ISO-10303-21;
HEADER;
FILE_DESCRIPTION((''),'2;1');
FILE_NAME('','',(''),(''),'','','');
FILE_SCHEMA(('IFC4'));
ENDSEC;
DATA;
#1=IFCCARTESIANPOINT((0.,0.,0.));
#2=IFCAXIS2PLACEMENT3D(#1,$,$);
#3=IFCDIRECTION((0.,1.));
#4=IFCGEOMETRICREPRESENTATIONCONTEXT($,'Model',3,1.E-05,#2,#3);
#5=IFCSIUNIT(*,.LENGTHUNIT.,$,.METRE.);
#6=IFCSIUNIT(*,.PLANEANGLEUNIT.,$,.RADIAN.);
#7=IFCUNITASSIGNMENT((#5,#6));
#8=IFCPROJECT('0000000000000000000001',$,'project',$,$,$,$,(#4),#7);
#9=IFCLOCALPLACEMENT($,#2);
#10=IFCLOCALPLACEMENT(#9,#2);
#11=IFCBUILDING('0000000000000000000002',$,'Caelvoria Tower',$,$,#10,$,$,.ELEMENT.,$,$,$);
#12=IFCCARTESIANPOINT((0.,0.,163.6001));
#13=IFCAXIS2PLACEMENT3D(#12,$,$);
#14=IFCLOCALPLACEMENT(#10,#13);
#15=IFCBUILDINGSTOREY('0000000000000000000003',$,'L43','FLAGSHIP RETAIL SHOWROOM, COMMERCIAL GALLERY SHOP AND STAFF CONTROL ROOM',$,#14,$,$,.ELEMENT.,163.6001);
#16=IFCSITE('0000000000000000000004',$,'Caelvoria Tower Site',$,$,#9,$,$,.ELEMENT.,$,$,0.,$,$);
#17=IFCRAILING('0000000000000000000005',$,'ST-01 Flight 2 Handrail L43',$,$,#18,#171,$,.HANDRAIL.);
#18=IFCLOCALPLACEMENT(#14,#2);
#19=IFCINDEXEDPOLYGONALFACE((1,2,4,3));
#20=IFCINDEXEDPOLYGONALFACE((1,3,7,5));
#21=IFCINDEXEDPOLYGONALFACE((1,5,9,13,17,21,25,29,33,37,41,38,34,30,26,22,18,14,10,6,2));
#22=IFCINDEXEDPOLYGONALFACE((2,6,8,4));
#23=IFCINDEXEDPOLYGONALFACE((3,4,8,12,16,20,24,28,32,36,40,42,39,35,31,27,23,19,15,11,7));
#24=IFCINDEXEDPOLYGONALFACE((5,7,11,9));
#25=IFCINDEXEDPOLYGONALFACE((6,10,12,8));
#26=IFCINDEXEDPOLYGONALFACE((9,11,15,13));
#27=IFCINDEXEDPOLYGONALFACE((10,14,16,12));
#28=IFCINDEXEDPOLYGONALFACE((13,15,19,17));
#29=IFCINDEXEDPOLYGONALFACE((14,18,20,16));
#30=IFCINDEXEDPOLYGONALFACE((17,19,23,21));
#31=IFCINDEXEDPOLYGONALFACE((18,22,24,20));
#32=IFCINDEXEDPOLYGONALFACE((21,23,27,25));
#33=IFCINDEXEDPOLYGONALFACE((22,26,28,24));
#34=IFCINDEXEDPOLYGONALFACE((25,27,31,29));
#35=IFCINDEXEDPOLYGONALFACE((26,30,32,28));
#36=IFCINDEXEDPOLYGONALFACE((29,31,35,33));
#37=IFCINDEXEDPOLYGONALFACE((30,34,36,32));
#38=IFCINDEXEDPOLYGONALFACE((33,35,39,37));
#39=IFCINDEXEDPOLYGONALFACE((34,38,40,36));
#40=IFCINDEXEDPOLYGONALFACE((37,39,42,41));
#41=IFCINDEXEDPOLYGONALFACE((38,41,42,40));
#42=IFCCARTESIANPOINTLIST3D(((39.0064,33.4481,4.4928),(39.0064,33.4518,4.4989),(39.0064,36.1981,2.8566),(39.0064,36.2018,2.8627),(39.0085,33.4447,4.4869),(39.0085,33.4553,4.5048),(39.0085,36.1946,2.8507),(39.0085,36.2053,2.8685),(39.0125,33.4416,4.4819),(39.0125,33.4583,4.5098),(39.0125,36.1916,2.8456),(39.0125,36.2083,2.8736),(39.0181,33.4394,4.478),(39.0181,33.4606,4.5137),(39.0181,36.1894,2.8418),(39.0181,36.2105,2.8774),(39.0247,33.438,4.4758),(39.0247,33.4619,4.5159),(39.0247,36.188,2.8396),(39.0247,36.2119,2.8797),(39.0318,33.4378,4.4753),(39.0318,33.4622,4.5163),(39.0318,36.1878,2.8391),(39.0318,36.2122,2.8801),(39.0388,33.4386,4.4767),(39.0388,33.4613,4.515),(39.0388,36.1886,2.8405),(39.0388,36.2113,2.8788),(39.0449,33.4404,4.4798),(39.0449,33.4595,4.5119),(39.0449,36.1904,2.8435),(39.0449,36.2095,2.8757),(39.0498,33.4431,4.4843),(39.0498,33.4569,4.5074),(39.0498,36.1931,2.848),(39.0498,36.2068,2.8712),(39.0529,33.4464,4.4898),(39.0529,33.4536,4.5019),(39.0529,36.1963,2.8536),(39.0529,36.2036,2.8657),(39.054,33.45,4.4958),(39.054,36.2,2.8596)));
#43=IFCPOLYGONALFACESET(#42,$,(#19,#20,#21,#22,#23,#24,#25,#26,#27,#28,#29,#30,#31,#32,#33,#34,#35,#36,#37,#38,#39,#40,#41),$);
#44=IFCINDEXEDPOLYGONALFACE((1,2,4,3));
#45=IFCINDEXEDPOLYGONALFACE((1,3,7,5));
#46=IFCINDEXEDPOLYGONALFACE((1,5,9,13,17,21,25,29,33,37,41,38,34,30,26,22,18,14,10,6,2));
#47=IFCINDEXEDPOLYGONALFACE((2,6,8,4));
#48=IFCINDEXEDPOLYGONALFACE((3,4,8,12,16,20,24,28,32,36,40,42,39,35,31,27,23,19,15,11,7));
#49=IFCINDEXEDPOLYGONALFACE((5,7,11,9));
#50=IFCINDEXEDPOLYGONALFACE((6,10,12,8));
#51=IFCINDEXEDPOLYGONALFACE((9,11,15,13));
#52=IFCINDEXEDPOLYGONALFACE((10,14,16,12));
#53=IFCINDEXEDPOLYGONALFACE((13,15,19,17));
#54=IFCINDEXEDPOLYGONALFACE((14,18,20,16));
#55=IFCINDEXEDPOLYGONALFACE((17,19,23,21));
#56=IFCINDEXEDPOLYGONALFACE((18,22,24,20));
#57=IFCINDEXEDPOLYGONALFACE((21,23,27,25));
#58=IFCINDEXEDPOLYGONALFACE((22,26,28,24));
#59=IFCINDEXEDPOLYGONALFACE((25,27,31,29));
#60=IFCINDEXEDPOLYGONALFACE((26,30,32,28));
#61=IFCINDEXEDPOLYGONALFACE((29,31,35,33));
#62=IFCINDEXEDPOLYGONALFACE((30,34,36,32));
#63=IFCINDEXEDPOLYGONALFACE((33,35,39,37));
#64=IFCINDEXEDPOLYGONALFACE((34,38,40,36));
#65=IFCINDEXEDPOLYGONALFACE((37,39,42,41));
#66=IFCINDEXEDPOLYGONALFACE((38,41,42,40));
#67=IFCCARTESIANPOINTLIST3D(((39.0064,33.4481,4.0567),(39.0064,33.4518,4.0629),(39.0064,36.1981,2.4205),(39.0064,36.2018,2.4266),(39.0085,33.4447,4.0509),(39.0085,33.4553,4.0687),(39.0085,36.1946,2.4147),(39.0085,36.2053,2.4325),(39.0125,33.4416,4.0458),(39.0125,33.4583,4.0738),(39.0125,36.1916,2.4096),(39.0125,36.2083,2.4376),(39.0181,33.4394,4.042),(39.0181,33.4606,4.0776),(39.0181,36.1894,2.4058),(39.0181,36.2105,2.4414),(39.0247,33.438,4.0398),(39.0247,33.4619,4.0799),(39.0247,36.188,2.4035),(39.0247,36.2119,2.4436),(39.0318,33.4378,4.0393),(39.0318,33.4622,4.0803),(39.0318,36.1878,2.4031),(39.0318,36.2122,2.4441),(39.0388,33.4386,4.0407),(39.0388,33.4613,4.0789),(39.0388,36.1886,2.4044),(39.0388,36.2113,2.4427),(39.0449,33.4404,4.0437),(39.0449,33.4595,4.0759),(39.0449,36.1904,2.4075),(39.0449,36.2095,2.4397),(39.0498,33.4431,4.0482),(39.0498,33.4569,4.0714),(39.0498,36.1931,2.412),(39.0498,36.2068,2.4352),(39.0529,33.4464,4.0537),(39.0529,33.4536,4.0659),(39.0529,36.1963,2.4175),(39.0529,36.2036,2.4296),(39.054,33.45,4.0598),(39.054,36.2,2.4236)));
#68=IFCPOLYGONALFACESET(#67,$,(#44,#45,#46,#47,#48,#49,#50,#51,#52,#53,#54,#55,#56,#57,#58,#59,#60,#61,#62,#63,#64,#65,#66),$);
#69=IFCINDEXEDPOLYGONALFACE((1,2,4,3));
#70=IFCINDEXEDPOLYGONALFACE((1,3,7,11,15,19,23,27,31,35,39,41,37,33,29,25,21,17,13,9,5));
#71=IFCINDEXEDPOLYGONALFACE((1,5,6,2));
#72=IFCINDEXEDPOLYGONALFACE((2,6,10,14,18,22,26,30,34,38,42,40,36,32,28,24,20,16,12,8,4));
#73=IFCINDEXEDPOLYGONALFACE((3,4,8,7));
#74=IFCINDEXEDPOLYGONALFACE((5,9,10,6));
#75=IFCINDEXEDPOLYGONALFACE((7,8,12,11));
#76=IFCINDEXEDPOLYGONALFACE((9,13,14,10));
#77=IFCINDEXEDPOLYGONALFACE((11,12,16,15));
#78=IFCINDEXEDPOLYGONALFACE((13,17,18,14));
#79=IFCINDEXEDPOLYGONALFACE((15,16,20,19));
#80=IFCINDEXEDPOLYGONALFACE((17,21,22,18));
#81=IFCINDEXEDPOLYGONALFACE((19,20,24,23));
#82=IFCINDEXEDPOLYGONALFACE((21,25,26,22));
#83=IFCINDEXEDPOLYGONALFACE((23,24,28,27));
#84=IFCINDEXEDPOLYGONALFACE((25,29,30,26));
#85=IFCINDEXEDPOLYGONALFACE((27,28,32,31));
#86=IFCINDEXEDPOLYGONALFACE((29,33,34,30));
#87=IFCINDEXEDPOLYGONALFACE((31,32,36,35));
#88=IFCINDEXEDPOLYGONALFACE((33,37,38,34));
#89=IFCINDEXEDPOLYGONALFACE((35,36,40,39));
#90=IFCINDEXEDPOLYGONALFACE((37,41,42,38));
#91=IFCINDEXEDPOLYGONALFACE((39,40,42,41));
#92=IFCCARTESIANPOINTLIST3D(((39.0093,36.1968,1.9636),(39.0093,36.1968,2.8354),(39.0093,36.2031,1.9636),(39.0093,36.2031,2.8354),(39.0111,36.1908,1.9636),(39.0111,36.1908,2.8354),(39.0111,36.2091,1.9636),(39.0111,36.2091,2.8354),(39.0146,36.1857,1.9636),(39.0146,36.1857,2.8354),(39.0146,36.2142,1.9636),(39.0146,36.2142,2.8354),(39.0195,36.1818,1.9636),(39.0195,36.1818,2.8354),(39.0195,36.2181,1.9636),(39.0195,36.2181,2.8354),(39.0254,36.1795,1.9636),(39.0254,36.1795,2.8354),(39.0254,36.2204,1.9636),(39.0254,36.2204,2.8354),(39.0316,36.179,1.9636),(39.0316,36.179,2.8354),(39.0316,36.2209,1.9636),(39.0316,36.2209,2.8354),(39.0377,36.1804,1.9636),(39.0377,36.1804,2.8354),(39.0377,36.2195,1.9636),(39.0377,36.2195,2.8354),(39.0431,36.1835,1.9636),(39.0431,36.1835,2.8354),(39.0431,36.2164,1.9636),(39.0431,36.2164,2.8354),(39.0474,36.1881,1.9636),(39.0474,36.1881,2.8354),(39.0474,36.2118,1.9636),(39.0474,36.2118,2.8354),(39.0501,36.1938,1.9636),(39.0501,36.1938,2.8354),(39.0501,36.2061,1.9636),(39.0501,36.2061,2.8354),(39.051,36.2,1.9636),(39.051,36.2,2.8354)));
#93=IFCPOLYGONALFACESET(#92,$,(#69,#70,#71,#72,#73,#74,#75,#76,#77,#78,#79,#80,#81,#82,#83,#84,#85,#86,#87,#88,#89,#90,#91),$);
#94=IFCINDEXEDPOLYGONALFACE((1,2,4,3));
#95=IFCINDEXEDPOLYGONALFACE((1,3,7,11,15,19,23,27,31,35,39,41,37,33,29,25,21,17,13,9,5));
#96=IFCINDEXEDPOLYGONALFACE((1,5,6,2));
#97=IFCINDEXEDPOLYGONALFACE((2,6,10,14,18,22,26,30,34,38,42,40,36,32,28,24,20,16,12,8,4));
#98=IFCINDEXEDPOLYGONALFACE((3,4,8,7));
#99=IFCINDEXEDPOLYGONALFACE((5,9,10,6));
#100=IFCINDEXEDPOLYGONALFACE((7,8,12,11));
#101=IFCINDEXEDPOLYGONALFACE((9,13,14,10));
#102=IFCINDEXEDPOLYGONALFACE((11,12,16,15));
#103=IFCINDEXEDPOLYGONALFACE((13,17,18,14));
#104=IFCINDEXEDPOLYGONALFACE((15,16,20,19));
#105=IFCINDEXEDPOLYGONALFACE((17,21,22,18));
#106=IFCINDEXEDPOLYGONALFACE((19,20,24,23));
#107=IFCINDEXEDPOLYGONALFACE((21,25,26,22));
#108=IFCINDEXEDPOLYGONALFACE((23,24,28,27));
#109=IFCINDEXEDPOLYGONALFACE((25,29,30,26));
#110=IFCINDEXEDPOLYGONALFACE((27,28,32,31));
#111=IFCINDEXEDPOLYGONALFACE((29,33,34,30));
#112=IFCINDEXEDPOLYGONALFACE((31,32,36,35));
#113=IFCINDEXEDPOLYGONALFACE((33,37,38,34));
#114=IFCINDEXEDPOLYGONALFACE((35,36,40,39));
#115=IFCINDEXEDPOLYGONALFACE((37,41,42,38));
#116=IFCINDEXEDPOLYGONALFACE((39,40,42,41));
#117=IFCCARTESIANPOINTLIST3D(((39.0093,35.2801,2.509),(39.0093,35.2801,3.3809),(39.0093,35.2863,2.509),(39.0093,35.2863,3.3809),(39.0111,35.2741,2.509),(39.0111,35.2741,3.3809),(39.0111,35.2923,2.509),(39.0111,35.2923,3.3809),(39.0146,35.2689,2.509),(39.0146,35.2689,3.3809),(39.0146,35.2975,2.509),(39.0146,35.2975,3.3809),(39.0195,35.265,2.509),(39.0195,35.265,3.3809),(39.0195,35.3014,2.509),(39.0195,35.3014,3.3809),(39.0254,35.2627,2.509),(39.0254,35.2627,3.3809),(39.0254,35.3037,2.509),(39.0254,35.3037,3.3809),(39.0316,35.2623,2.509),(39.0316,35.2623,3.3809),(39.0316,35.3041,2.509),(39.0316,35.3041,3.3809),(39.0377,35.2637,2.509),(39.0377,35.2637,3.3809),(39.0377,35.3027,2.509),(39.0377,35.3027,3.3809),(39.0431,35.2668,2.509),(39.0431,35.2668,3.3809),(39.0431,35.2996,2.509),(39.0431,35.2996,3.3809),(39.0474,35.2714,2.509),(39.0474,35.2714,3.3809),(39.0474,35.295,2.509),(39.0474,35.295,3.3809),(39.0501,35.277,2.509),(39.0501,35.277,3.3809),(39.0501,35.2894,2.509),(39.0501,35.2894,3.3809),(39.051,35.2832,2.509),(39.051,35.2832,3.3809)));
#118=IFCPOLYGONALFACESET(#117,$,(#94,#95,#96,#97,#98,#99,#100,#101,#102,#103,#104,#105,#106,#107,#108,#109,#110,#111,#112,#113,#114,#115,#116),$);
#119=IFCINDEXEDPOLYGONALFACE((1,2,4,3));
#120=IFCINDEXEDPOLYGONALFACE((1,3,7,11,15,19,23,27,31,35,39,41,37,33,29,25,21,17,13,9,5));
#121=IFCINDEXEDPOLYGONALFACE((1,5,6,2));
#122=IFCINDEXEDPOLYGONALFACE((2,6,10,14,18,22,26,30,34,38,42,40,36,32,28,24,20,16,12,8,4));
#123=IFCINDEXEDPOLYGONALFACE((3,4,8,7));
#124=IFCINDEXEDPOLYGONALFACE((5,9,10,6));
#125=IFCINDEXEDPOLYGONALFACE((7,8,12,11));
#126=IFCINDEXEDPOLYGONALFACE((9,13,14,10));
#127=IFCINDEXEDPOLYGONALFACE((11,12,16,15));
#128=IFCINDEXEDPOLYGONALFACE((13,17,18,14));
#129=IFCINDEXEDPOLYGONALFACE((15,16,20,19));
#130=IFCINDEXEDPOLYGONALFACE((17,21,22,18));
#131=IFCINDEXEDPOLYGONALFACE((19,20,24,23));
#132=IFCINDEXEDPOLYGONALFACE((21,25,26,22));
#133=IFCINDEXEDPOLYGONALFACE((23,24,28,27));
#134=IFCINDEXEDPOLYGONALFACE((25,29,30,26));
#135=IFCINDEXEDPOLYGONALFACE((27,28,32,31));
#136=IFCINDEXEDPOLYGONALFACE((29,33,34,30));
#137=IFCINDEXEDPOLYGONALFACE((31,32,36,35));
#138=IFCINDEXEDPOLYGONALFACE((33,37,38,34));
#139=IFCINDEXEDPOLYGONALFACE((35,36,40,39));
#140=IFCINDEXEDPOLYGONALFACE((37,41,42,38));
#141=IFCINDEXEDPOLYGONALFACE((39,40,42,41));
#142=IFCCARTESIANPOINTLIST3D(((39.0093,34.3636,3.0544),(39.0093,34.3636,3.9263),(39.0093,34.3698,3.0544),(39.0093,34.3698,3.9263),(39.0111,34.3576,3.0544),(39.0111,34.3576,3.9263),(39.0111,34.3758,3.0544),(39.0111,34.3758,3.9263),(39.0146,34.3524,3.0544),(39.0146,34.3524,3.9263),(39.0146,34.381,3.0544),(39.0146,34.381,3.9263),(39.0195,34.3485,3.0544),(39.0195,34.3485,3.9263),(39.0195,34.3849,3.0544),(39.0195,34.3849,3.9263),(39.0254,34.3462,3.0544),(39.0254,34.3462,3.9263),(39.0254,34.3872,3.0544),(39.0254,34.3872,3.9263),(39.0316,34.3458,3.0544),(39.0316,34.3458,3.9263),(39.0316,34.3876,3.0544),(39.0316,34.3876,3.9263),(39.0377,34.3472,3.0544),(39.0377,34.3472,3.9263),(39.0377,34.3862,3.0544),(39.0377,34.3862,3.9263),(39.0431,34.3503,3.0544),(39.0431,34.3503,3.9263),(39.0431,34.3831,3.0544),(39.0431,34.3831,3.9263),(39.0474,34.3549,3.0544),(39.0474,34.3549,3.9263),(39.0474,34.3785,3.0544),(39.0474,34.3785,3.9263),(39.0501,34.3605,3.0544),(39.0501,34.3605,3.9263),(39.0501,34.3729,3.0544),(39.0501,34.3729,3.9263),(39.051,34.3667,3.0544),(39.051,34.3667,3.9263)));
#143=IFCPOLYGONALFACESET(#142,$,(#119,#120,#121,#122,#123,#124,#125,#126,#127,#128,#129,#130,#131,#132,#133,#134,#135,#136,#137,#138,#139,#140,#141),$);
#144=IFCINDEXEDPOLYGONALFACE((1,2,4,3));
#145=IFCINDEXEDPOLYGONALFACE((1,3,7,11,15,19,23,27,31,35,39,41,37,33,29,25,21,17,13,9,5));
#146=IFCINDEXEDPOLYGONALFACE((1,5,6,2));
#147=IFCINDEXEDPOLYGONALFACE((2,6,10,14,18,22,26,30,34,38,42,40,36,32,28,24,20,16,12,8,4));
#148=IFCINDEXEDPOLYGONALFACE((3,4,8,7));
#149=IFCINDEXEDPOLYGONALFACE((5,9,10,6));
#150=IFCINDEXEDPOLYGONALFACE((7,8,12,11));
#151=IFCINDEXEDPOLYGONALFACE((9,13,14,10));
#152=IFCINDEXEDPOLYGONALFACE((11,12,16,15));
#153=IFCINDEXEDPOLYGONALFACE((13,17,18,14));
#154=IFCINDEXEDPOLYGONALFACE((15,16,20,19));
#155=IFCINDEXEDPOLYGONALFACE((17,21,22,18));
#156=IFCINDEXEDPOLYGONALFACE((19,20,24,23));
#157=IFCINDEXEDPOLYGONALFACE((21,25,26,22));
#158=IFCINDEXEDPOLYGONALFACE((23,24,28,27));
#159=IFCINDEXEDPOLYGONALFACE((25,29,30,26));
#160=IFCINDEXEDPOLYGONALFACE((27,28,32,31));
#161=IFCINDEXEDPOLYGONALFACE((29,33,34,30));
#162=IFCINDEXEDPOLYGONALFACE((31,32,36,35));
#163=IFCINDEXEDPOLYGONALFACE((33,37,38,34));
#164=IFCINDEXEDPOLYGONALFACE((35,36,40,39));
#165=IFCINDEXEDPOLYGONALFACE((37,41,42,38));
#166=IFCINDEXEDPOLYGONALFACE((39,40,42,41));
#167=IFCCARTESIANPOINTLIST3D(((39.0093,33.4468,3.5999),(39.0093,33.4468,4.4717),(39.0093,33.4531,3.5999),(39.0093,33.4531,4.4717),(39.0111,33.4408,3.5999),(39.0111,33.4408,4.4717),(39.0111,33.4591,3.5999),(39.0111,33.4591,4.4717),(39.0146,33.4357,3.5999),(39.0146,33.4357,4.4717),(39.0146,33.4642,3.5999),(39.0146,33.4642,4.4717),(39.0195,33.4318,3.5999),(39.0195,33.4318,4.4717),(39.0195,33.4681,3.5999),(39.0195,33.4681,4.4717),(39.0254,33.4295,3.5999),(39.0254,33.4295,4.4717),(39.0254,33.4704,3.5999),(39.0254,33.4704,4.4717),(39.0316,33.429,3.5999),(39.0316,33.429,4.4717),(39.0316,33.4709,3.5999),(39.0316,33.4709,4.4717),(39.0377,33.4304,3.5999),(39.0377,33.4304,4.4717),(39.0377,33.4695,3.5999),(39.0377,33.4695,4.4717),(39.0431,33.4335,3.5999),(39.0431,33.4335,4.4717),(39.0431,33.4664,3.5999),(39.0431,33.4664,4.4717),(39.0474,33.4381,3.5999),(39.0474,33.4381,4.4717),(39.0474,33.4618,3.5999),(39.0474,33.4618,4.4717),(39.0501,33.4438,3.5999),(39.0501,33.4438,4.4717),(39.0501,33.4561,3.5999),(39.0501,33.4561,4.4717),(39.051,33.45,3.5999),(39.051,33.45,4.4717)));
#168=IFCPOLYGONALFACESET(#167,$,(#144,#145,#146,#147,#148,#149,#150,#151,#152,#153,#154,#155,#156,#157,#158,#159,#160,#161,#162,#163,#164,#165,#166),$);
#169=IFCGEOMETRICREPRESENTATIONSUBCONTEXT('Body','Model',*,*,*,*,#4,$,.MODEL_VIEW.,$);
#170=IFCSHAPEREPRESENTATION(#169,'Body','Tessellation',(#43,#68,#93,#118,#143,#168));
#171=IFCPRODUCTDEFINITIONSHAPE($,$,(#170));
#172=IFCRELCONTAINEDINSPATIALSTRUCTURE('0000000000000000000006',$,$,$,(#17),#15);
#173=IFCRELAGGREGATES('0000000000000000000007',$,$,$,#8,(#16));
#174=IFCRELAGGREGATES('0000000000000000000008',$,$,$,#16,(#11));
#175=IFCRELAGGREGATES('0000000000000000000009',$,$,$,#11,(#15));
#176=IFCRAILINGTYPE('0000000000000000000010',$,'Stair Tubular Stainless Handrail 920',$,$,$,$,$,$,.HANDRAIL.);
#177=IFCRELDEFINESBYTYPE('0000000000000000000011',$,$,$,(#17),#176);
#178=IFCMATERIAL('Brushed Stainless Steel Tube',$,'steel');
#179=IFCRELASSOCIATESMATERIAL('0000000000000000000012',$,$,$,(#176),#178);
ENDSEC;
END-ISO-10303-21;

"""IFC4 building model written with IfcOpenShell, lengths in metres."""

from ifc_helpers import new_model, si_unit, direction, frame, origin, origin_2d, place, context, subcontext, project, spatial, circle, extrude, material, type_object, element, save


model = new_model("IFC4")

# Units and contexts
model_context = context("Model", 3, precision=1e-05, world=origin(), true_north=direction((0.0, 1.0)))
body_context = subcontext(model_context, "Body", "Model", "MODEL_VIEW")
ifc_project = project(units=[si_unit("LENGTHUNIT", "METRE"), si_unit("PLANEANGLEUNIT", "RADIAN")], contexts=[model_context])

# Site, building, storey
site_placement = place(None, origin())
site = spatial("IfcSite", under=ifc_project, at=site_placement, Name="Caelvoria Tower Site", CompositionType="ELEMENT", RefElevation=0.0)
building_placement = place(site_placement, origin())
building = spatial("IfcBuilding", under=site, at=building_placement, Name="Caelvoria Tower", CompositionType="ELEMENT")
storey_placement = place(building_placement, frame((0.0, 0.0, 163.6001)))
storey = spatial("IfcBuildingStorey", under=building, at=storey_placement, Name="L43", Description="FLAGSHIP RETAIL SHOWROOM, COMMERCIAL GALLERY SHOP AND STAFF CONTROL ROOM", CompositionType="ELEMENT", Elevation=163.6001)

# Railing
ifc_material_1 = material(Name="Brushed Stainless Steel Tube", Category="steel")
railing_type_1 = type_object("IfcRailingType", Name="Stair Tubular Stainless Handrail 920", PredefinedType="HANDRAIL", material=ifc_material_1)
railing_1_placement = place(storey_placement, frame((39.03, 36.2, 1.9636)))
element("IfcRailing", 1, at=railing_1_placement, inside=storey, type_object=railing_type_1, Name="ST-01 Flight 2 Handrail L43", PredefinedType="HANDRAIL", context=body_context, shape_type="SweptSolid", body=[
    extrude(circle(Radius=0.0239, at=origin_2d()), frame((0.0, 0.0, 0.896), z_axis=(0.0, -0.859385, 0.511328), x_axis=(1.0, 0.0, 0.0)), (0.0, 0.0, 1.0), 3.2),
    extrude(circle(Radius=0.0239, at=origin_2d()), frame((0.0, 0.0, 0.46), z_axis=(0.0, -0.859385, 0.511328), x_axis=(1.0, 0.0, 0.0)), (0.0, 0.0, 1.0), 3.2),
    extrude(circle(Radius=0.021, at=origin_2d()), origin(), (0.0, 0.0, 1.0), 0.8718),
    extrude(circle(Radius=0.021, at=origin_2d()), frame((0.0, -0.9167, 0.5454)), (0.0, 0.0, 1.0), 0.8718),
    extrude(circle(Radius=0.021, at=origin_2d()), frame((0.0, -1.8333, 1.0908)), (0.0, 0.0, 1.0), 0.8718),
    extrude(circle(Radius=0.021, at=origin_2d()), frame((0.0, -2.75, 1.6362)), (0.0, 0.0, 1.0), 0.8718),
])

save(model, "model.ifc")
